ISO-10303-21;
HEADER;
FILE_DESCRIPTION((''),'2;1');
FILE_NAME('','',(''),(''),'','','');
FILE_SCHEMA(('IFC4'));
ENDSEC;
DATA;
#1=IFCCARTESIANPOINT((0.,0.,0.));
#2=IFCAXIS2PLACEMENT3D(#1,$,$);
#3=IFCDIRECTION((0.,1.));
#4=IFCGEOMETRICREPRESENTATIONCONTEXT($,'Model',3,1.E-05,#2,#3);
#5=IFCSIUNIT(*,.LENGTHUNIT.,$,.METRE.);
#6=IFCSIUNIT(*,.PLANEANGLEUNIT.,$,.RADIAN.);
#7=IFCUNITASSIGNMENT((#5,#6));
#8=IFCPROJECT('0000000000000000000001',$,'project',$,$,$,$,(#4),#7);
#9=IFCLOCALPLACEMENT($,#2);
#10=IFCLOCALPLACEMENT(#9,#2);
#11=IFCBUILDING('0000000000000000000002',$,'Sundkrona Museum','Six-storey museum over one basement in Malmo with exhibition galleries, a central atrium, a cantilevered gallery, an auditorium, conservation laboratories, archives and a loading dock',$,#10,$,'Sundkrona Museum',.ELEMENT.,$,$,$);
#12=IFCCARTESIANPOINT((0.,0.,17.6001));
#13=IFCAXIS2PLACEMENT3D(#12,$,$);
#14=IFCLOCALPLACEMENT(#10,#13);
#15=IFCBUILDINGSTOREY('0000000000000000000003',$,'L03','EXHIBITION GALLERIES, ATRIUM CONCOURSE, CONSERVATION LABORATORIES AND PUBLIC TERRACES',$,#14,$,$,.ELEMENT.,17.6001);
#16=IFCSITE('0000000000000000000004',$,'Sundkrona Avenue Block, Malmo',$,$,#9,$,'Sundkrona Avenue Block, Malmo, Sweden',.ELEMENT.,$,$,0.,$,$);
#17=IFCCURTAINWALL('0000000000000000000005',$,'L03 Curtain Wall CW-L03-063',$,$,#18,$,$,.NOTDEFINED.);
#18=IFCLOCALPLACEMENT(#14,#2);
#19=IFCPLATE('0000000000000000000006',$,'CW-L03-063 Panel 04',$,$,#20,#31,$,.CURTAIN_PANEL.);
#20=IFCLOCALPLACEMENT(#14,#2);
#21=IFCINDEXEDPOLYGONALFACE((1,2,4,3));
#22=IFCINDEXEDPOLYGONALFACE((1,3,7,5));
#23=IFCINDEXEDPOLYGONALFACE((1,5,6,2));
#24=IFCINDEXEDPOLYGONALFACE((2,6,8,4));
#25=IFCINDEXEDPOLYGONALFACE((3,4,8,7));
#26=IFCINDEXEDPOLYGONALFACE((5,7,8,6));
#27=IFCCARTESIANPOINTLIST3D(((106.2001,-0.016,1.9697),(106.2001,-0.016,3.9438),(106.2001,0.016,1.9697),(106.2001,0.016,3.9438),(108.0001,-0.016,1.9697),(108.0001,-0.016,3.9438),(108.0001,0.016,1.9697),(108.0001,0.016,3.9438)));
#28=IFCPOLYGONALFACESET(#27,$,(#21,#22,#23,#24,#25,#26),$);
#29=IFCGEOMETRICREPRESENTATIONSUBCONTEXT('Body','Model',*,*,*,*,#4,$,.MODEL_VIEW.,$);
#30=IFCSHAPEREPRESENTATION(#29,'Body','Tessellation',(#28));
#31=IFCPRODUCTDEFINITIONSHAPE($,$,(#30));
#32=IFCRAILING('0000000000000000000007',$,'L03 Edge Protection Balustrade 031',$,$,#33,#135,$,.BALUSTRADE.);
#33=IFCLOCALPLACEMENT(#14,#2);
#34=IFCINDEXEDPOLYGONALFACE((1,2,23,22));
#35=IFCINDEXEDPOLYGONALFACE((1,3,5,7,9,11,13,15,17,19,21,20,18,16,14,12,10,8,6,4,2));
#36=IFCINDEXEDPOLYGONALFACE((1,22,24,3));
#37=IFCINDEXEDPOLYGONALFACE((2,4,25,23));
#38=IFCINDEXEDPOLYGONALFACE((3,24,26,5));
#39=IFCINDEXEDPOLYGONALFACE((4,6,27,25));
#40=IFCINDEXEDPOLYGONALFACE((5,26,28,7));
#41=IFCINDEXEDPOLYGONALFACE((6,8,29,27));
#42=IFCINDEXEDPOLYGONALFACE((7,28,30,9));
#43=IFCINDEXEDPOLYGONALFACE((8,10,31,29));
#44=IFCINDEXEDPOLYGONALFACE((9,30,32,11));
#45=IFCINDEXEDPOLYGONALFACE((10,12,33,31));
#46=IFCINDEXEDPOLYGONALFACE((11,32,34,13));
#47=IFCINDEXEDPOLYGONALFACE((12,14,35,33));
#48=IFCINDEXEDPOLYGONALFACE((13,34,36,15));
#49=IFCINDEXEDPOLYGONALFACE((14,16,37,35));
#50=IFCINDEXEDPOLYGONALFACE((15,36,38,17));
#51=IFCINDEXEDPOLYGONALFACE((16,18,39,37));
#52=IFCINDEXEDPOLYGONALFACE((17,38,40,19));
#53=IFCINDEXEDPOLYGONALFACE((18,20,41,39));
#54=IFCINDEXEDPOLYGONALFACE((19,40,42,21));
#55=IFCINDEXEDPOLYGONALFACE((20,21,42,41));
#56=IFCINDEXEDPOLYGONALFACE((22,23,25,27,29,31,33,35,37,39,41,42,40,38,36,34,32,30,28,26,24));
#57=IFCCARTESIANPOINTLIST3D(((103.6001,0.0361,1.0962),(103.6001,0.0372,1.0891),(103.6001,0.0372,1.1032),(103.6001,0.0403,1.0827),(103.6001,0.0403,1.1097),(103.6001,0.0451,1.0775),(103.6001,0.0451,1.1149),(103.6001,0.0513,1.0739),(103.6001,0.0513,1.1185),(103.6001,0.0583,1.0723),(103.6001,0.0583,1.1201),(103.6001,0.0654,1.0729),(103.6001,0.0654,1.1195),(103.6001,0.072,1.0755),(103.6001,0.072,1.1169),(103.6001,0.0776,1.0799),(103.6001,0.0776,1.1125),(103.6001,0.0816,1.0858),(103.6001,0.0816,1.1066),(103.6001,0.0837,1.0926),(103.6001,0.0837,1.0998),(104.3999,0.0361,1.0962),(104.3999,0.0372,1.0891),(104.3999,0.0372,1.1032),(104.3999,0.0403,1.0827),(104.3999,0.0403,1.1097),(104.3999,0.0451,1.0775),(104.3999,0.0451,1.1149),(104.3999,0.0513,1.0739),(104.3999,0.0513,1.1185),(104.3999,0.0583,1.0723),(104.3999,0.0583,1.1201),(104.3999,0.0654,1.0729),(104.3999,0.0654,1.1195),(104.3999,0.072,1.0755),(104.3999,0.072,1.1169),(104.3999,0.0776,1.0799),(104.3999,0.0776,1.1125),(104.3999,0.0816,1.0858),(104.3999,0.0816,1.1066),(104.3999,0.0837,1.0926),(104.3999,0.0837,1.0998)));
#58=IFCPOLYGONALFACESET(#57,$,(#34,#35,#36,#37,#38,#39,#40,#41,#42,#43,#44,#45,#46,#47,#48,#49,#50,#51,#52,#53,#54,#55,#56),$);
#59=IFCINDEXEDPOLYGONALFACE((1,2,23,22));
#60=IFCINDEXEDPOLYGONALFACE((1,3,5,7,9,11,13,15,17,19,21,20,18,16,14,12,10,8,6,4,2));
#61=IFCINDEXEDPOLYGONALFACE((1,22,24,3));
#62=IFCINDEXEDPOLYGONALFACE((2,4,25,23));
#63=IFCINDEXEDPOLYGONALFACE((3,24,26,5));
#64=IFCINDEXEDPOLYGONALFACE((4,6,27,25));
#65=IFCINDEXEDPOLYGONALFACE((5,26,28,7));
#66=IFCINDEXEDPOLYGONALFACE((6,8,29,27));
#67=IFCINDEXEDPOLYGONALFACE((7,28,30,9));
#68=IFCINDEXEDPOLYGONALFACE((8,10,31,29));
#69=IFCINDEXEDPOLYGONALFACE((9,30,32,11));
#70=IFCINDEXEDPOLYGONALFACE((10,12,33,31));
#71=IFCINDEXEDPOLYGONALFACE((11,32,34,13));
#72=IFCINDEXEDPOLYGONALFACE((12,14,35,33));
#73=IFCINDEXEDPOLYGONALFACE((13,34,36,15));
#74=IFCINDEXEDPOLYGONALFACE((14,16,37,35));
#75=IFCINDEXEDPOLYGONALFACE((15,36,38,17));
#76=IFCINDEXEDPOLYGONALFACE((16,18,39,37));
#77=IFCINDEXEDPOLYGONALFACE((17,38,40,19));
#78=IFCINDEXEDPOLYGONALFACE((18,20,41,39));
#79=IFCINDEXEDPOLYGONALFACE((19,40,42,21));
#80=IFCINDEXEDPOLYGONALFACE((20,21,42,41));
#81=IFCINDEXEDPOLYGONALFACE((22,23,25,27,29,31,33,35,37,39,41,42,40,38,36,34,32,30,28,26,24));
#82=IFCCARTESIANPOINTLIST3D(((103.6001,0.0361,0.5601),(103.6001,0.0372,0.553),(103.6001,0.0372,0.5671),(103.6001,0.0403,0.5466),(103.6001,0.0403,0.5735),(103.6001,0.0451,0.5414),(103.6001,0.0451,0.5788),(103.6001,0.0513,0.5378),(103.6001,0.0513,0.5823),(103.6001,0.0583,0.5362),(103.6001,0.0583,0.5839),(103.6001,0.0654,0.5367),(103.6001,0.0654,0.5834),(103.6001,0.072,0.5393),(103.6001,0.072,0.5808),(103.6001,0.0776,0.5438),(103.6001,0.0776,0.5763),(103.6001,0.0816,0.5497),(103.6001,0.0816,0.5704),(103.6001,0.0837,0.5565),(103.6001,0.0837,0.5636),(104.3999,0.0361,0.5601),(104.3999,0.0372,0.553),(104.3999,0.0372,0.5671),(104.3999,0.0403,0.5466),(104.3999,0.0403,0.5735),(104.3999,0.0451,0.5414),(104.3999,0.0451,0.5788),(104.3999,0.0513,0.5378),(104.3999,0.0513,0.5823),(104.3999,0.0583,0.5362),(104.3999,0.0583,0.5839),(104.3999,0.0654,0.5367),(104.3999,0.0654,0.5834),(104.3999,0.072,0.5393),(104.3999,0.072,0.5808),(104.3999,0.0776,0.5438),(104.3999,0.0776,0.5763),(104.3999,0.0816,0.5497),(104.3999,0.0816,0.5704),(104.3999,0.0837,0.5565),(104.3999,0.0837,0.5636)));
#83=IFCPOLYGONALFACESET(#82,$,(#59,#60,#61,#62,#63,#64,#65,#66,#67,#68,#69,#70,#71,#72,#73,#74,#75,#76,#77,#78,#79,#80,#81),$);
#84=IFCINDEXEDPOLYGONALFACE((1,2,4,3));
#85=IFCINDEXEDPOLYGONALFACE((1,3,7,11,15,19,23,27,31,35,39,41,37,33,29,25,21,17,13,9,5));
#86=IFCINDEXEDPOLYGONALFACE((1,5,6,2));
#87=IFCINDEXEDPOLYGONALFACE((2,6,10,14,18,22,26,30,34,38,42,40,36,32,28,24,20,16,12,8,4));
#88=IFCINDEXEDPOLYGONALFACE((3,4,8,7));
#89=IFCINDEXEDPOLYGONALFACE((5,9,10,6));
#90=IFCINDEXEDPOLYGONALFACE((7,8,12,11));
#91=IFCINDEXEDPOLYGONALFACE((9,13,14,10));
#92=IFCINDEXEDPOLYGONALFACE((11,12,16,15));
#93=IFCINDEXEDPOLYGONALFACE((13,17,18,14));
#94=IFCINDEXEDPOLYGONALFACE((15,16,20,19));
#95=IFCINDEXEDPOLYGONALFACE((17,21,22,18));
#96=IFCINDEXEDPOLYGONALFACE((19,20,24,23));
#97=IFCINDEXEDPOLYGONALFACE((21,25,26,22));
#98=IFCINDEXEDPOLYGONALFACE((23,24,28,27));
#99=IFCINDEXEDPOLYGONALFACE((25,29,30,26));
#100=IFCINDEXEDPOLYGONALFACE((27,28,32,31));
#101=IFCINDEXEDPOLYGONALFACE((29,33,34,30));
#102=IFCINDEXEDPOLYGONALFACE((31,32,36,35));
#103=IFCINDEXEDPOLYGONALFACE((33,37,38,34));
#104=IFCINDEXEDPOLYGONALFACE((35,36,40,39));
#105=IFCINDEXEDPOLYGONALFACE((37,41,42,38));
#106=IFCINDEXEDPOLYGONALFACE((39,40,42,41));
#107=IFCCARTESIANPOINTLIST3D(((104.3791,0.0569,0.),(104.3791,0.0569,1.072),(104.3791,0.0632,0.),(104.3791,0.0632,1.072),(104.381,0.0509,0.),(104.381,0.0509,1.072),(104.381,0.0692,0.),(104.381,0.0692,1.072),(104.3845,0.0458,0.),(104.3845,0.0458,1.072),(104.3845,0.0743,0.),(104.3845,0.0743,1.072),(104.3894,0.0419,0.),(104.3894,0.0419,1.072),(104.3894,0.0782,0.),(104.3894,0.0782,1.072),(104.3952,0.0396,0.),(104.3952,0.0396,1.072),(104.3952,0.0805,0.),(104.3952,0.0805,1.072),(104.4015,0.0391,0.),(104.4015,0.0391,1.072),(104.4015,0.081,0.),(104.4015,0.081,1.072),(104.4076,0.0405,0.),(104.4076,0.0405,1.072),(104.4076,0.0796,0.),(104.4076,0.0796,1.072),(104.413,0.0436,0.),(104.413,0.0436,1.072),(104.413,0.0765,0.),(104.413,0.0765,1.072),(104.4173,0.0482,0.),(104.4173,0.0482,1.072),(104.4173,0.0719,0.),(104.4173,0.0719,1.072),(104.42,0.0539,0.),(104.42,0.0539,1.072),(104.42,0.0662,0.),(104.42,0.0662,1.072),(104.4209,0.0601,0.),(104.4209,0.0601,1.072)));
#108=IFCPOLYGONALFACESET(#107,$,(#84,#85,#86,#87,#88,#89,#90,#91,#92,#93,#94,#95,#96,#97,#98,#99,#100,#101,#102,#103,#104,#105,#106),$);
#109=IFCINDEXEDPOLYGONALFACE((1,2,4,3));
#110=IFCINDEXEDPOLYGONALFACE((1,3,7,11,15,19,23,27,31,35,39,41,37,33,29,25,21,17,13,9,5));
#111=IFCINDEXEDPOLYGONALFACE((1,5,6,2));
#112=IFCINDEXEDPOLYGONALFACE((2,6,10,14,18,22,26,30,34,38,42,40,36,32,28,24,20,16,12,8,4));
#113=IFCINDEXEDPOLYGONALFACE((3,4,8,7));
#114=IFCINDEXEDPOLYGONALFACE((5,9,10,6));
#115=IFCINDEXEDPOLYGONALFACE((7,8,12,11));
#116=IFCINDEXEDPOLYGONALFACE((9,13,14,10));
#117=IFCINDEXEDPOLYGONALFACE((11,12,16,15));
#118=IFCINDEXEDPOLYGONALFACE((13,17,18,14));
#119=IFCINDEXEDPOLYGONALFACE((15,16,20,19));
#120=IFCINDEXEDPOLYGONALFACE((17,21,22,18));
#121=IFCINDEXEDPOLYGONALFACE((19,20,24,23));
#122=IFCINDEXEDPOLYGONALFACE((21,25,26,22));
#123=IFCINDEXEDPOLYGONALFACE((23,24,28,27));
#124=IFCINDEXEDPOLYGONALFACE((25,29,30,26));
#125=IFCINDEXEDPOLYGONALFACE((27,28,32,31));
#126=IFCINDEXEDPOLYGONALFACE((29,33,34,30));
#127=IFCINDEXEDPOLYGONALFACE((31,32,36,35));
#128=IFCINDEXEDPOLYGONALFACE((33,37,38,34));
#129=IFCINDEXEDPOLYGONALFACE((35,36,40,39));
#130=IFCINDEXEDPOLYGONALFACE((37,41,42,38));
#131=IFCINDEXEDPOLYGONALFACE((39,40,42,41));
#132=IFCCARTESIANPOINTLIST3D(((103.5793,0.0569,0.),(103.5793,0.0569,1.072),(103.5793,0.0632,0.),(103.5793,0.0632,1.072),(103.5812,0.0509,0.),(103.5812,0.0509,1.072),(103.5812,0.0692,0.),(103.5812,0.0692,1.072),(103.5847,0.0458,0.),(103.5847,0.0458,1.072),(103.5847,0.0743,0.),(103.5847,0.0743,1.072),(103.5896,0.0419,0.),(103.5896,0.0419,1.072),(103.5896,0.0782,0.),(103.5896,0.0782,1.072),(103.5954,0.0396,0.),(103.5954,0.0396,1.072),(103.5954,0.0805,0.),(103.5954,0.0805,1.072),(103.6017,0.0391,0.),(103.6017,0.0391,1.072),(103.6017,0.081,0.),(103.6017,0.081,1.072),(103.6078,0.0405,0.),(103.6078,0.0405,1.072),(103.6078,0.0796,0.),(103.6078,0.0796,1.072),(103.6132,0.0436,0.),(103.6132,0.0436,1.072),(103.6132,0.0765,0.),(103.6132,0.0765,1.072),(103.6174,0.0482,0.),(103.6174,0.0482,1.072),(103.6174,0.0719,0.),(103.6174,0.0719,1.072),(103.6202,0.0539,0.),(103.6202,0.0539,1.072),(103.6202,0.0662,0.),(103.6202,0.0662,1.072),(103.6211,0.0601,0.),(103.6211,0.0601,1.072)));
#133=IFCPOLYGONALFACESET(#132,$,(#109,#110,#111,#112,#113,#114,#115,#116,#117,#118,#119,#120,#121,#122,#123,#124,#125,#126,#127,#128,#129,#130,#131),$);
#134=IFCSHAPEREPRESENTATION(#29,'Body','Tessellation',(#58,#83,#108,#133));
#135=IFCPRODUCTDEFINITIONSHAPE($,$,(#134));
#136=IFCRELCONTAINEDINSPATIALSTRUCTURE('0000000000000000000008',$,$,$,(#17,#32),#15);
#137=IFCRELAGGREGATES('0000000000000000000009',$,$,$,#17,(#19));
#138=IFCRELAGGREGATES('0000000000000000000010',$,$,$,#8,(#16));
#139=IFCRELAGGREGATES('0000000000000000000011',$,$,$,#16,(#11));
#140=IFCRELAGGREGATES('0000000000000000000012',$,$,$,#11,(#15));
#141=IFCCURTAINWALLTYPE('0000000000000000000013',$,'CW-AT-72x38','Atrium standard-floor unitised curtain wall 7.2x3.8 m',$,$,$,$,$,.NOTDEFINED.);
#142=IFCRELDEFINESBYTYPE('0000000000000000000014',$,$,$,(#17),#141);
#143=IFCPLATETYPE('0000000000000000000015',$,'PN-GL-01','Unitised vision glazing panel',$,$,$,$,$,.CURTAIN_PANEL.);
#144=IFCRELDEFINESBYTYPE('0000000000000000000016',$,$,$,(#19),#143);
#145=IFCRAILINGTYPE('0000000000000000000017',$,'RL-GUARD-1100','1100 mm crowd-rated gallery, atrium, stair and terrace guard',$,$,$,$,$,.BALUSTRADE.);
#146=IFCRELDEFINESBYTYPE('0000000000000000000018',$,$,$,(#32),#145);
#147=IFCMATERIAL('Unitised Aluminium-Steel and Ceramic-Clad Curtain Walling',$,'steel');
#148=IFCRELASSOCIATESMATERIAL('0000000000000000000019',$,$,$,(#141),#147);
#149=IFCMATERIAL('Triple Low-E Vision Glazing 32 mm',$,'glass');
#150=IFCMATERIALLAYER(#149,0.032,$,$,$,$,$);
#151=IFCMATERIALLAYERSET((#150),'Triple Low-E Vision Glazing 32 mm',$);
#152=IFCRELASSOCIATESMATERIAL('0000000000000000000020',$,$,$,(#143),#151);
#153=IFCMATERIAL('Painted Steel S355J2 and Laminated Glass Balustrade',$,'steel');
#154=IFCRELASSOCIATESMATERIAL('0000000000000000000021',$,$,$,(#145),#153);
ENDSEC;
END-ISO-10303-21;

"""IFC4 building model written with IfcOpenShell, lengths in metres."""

from ifc_helpers import new_model, si_unit, direction, frame, origin, origin_2d, place, context, subcontext, project, spatial, rectangle, circle, extrude, material, layer, layer_set, type_object, element, aggregate, save


model = new_model("IFC4")

# Units and contexts
model_context = context("Model", 3, precision=1e-05, world=origin(), true_north=direction((0.0, 1.0)))
body_context = subcontext(model_context, "Body", "Model", "MODEL_VIEW")
ifc_project = project(units=[si_unit("LENGTHUNIT", "METRE"), si_unit("PLANEANGLEUNIT", "RADIAN")], contexts=[model_context])

# Site, building, storey
site_placement = place(None, origin())
site = spatial("IfcSite", under=ifc_project, at=site_placement, Name="Sundkrona Avenue Block, Malmo", LongName="Sundkrona Avenue Block, Malmo, Sweden", CompositionType="ELEMENT", RefElevation=0.0)
building_placement = place(site_placement, origin())
building = spatial("IfcBuilding", under=site, at=building_placement, Name="Sundkrona Museum", Description="Six-storey museum over one basement in Malmo with exhibition galleries, a central atrium, a cantilevered gallery, an auditorium, conservation laboratories, archives and a loading dock", LongName="Sundkrona Museum", CompositionType="ELEMENT")
storey_placement = place(building_placement, frame((0.0, 0.0, 17.6001)))
storey = spatial("IfcBuildingStorey", under=building, at=storey_placement, Name="L03", Description="EXHIBITION GALLERIES, ATRIUM CONCOURSE, CONSERVATION LABORATORIES AND PUBLIC TERRACES", CompositionType="ELEMENT", Elevation=17.6001)

# Curtain wall
ifc_material_1 = material(Name="Unitised Aluminium-Steel and Ceramic-Clad Curtain Walling", Category="steel")
curtain_wall_type = type_object("IfcCurtainWallType", Name="CW-AT-72x38", Description="Atrium standard-floor unitised curtain wall 7.2x3.8 m", PredefinedType="NOTDEFINED", material=ifc_material_1)
curtain_wall_1_placement = place(storey_placement, origin())
curtain_wall_1 = element("IfcCurtainWall", 1, at=curtain_wall_1_placement, inside=storey, type_object=curtain_wall_type, Name="L03 Curtain Wall CW-L03-063", PredefinedType="NOTDEFINED")

# Plate
ifc_material_2 = material(Name="Triple Low-E Vision Glazing 32 mm", Category="glass")
ifc_layer = layer(ifc_material_2, 0.032)
ifc_layer_set = layer_set([ifc_layer], Name="Triple Low-E Vision Glazing 32 mm")
plate_type = type_object("IfcPlateType", Name="PN-GL-01", Description="Unitised vision glazing panel", PredefinedType="CURTAIN_PANEL", material=ifc_layer_set)
plate_1_placement = place(storey_placement, frame((107.1001, 0.0, 1.9697), z_axis=(0.0, 0.0, 1.0), x_axis=(1.0, 0.0, 0.0)))
plate_1 = element("IfcPlate", 2, at=plate_1_placement, type_object=plate_type, Name="CW-L03-063 Panel 04", PredefinedType="CURTAIN_PANEL", context=body_context, shape_type="SweptSolid", body=[
    extrude(rectangle(XDim=1.8, YDim=0.032, at=origin_2d()), origin(), (0.0, 0.0, 1.0), 1.9741),
])
aggregate(curtain_wall_1, [plate_1])

# Railing
ifc_material_3 = material(Name="Painted Steel S355J2 and Laminated Glass Balustrade", Category="steel")
railing_type = type_object("IfcRailingType", Name="RL-GUARD-1100", Description="1100 mm crowd-rated gallery, atrium, stair and terrace guard", PredefinedType="BALUSTRADE", material=ifc_material_3)
railing_placement = place(storey_placement, frame((104.3999, 0.0601, 0.0)))
element("IfcRailing", 3, at=railing_placement, inside=storey, type_object=railing_type, Name="L03 Edge Protection Balustrade 031", PredefinedType="BALUSTRADE", context=body_context, shape_type="SweptSolid", body=[
    extrude(circle(Radius=0.0239, at=origin_2d()), frame((0.0, 0.0, 1.0962), z_axis=(-1.0, 0.0, 0.0), x_axis=(0.0, -1.0, 0.0)), (0.0, 0.0, 1.0), 0.7998),
    extrude(circle(Radius=0.0239, at=origin_2d()), frame((0.0, 0.0, 0.5601), z_axis=(-1.0, 0.0, 0.0), x_axis=(0.0, -1.0, 0.0)), (0.0, 0.0, 1.0), 0.7998),
    extrude(circle(Radius=0.021, at=origin_2d()), origin(), (0.0, 0.0, 1.0), 1.072),
    extrude(circle(Radius=0.021, at=origin_2d()), frame((-0.7998, 0.0, 0.0)), (0.0, 0.0, 1.0), 1.072),
])

save(model, "model.ifc")
